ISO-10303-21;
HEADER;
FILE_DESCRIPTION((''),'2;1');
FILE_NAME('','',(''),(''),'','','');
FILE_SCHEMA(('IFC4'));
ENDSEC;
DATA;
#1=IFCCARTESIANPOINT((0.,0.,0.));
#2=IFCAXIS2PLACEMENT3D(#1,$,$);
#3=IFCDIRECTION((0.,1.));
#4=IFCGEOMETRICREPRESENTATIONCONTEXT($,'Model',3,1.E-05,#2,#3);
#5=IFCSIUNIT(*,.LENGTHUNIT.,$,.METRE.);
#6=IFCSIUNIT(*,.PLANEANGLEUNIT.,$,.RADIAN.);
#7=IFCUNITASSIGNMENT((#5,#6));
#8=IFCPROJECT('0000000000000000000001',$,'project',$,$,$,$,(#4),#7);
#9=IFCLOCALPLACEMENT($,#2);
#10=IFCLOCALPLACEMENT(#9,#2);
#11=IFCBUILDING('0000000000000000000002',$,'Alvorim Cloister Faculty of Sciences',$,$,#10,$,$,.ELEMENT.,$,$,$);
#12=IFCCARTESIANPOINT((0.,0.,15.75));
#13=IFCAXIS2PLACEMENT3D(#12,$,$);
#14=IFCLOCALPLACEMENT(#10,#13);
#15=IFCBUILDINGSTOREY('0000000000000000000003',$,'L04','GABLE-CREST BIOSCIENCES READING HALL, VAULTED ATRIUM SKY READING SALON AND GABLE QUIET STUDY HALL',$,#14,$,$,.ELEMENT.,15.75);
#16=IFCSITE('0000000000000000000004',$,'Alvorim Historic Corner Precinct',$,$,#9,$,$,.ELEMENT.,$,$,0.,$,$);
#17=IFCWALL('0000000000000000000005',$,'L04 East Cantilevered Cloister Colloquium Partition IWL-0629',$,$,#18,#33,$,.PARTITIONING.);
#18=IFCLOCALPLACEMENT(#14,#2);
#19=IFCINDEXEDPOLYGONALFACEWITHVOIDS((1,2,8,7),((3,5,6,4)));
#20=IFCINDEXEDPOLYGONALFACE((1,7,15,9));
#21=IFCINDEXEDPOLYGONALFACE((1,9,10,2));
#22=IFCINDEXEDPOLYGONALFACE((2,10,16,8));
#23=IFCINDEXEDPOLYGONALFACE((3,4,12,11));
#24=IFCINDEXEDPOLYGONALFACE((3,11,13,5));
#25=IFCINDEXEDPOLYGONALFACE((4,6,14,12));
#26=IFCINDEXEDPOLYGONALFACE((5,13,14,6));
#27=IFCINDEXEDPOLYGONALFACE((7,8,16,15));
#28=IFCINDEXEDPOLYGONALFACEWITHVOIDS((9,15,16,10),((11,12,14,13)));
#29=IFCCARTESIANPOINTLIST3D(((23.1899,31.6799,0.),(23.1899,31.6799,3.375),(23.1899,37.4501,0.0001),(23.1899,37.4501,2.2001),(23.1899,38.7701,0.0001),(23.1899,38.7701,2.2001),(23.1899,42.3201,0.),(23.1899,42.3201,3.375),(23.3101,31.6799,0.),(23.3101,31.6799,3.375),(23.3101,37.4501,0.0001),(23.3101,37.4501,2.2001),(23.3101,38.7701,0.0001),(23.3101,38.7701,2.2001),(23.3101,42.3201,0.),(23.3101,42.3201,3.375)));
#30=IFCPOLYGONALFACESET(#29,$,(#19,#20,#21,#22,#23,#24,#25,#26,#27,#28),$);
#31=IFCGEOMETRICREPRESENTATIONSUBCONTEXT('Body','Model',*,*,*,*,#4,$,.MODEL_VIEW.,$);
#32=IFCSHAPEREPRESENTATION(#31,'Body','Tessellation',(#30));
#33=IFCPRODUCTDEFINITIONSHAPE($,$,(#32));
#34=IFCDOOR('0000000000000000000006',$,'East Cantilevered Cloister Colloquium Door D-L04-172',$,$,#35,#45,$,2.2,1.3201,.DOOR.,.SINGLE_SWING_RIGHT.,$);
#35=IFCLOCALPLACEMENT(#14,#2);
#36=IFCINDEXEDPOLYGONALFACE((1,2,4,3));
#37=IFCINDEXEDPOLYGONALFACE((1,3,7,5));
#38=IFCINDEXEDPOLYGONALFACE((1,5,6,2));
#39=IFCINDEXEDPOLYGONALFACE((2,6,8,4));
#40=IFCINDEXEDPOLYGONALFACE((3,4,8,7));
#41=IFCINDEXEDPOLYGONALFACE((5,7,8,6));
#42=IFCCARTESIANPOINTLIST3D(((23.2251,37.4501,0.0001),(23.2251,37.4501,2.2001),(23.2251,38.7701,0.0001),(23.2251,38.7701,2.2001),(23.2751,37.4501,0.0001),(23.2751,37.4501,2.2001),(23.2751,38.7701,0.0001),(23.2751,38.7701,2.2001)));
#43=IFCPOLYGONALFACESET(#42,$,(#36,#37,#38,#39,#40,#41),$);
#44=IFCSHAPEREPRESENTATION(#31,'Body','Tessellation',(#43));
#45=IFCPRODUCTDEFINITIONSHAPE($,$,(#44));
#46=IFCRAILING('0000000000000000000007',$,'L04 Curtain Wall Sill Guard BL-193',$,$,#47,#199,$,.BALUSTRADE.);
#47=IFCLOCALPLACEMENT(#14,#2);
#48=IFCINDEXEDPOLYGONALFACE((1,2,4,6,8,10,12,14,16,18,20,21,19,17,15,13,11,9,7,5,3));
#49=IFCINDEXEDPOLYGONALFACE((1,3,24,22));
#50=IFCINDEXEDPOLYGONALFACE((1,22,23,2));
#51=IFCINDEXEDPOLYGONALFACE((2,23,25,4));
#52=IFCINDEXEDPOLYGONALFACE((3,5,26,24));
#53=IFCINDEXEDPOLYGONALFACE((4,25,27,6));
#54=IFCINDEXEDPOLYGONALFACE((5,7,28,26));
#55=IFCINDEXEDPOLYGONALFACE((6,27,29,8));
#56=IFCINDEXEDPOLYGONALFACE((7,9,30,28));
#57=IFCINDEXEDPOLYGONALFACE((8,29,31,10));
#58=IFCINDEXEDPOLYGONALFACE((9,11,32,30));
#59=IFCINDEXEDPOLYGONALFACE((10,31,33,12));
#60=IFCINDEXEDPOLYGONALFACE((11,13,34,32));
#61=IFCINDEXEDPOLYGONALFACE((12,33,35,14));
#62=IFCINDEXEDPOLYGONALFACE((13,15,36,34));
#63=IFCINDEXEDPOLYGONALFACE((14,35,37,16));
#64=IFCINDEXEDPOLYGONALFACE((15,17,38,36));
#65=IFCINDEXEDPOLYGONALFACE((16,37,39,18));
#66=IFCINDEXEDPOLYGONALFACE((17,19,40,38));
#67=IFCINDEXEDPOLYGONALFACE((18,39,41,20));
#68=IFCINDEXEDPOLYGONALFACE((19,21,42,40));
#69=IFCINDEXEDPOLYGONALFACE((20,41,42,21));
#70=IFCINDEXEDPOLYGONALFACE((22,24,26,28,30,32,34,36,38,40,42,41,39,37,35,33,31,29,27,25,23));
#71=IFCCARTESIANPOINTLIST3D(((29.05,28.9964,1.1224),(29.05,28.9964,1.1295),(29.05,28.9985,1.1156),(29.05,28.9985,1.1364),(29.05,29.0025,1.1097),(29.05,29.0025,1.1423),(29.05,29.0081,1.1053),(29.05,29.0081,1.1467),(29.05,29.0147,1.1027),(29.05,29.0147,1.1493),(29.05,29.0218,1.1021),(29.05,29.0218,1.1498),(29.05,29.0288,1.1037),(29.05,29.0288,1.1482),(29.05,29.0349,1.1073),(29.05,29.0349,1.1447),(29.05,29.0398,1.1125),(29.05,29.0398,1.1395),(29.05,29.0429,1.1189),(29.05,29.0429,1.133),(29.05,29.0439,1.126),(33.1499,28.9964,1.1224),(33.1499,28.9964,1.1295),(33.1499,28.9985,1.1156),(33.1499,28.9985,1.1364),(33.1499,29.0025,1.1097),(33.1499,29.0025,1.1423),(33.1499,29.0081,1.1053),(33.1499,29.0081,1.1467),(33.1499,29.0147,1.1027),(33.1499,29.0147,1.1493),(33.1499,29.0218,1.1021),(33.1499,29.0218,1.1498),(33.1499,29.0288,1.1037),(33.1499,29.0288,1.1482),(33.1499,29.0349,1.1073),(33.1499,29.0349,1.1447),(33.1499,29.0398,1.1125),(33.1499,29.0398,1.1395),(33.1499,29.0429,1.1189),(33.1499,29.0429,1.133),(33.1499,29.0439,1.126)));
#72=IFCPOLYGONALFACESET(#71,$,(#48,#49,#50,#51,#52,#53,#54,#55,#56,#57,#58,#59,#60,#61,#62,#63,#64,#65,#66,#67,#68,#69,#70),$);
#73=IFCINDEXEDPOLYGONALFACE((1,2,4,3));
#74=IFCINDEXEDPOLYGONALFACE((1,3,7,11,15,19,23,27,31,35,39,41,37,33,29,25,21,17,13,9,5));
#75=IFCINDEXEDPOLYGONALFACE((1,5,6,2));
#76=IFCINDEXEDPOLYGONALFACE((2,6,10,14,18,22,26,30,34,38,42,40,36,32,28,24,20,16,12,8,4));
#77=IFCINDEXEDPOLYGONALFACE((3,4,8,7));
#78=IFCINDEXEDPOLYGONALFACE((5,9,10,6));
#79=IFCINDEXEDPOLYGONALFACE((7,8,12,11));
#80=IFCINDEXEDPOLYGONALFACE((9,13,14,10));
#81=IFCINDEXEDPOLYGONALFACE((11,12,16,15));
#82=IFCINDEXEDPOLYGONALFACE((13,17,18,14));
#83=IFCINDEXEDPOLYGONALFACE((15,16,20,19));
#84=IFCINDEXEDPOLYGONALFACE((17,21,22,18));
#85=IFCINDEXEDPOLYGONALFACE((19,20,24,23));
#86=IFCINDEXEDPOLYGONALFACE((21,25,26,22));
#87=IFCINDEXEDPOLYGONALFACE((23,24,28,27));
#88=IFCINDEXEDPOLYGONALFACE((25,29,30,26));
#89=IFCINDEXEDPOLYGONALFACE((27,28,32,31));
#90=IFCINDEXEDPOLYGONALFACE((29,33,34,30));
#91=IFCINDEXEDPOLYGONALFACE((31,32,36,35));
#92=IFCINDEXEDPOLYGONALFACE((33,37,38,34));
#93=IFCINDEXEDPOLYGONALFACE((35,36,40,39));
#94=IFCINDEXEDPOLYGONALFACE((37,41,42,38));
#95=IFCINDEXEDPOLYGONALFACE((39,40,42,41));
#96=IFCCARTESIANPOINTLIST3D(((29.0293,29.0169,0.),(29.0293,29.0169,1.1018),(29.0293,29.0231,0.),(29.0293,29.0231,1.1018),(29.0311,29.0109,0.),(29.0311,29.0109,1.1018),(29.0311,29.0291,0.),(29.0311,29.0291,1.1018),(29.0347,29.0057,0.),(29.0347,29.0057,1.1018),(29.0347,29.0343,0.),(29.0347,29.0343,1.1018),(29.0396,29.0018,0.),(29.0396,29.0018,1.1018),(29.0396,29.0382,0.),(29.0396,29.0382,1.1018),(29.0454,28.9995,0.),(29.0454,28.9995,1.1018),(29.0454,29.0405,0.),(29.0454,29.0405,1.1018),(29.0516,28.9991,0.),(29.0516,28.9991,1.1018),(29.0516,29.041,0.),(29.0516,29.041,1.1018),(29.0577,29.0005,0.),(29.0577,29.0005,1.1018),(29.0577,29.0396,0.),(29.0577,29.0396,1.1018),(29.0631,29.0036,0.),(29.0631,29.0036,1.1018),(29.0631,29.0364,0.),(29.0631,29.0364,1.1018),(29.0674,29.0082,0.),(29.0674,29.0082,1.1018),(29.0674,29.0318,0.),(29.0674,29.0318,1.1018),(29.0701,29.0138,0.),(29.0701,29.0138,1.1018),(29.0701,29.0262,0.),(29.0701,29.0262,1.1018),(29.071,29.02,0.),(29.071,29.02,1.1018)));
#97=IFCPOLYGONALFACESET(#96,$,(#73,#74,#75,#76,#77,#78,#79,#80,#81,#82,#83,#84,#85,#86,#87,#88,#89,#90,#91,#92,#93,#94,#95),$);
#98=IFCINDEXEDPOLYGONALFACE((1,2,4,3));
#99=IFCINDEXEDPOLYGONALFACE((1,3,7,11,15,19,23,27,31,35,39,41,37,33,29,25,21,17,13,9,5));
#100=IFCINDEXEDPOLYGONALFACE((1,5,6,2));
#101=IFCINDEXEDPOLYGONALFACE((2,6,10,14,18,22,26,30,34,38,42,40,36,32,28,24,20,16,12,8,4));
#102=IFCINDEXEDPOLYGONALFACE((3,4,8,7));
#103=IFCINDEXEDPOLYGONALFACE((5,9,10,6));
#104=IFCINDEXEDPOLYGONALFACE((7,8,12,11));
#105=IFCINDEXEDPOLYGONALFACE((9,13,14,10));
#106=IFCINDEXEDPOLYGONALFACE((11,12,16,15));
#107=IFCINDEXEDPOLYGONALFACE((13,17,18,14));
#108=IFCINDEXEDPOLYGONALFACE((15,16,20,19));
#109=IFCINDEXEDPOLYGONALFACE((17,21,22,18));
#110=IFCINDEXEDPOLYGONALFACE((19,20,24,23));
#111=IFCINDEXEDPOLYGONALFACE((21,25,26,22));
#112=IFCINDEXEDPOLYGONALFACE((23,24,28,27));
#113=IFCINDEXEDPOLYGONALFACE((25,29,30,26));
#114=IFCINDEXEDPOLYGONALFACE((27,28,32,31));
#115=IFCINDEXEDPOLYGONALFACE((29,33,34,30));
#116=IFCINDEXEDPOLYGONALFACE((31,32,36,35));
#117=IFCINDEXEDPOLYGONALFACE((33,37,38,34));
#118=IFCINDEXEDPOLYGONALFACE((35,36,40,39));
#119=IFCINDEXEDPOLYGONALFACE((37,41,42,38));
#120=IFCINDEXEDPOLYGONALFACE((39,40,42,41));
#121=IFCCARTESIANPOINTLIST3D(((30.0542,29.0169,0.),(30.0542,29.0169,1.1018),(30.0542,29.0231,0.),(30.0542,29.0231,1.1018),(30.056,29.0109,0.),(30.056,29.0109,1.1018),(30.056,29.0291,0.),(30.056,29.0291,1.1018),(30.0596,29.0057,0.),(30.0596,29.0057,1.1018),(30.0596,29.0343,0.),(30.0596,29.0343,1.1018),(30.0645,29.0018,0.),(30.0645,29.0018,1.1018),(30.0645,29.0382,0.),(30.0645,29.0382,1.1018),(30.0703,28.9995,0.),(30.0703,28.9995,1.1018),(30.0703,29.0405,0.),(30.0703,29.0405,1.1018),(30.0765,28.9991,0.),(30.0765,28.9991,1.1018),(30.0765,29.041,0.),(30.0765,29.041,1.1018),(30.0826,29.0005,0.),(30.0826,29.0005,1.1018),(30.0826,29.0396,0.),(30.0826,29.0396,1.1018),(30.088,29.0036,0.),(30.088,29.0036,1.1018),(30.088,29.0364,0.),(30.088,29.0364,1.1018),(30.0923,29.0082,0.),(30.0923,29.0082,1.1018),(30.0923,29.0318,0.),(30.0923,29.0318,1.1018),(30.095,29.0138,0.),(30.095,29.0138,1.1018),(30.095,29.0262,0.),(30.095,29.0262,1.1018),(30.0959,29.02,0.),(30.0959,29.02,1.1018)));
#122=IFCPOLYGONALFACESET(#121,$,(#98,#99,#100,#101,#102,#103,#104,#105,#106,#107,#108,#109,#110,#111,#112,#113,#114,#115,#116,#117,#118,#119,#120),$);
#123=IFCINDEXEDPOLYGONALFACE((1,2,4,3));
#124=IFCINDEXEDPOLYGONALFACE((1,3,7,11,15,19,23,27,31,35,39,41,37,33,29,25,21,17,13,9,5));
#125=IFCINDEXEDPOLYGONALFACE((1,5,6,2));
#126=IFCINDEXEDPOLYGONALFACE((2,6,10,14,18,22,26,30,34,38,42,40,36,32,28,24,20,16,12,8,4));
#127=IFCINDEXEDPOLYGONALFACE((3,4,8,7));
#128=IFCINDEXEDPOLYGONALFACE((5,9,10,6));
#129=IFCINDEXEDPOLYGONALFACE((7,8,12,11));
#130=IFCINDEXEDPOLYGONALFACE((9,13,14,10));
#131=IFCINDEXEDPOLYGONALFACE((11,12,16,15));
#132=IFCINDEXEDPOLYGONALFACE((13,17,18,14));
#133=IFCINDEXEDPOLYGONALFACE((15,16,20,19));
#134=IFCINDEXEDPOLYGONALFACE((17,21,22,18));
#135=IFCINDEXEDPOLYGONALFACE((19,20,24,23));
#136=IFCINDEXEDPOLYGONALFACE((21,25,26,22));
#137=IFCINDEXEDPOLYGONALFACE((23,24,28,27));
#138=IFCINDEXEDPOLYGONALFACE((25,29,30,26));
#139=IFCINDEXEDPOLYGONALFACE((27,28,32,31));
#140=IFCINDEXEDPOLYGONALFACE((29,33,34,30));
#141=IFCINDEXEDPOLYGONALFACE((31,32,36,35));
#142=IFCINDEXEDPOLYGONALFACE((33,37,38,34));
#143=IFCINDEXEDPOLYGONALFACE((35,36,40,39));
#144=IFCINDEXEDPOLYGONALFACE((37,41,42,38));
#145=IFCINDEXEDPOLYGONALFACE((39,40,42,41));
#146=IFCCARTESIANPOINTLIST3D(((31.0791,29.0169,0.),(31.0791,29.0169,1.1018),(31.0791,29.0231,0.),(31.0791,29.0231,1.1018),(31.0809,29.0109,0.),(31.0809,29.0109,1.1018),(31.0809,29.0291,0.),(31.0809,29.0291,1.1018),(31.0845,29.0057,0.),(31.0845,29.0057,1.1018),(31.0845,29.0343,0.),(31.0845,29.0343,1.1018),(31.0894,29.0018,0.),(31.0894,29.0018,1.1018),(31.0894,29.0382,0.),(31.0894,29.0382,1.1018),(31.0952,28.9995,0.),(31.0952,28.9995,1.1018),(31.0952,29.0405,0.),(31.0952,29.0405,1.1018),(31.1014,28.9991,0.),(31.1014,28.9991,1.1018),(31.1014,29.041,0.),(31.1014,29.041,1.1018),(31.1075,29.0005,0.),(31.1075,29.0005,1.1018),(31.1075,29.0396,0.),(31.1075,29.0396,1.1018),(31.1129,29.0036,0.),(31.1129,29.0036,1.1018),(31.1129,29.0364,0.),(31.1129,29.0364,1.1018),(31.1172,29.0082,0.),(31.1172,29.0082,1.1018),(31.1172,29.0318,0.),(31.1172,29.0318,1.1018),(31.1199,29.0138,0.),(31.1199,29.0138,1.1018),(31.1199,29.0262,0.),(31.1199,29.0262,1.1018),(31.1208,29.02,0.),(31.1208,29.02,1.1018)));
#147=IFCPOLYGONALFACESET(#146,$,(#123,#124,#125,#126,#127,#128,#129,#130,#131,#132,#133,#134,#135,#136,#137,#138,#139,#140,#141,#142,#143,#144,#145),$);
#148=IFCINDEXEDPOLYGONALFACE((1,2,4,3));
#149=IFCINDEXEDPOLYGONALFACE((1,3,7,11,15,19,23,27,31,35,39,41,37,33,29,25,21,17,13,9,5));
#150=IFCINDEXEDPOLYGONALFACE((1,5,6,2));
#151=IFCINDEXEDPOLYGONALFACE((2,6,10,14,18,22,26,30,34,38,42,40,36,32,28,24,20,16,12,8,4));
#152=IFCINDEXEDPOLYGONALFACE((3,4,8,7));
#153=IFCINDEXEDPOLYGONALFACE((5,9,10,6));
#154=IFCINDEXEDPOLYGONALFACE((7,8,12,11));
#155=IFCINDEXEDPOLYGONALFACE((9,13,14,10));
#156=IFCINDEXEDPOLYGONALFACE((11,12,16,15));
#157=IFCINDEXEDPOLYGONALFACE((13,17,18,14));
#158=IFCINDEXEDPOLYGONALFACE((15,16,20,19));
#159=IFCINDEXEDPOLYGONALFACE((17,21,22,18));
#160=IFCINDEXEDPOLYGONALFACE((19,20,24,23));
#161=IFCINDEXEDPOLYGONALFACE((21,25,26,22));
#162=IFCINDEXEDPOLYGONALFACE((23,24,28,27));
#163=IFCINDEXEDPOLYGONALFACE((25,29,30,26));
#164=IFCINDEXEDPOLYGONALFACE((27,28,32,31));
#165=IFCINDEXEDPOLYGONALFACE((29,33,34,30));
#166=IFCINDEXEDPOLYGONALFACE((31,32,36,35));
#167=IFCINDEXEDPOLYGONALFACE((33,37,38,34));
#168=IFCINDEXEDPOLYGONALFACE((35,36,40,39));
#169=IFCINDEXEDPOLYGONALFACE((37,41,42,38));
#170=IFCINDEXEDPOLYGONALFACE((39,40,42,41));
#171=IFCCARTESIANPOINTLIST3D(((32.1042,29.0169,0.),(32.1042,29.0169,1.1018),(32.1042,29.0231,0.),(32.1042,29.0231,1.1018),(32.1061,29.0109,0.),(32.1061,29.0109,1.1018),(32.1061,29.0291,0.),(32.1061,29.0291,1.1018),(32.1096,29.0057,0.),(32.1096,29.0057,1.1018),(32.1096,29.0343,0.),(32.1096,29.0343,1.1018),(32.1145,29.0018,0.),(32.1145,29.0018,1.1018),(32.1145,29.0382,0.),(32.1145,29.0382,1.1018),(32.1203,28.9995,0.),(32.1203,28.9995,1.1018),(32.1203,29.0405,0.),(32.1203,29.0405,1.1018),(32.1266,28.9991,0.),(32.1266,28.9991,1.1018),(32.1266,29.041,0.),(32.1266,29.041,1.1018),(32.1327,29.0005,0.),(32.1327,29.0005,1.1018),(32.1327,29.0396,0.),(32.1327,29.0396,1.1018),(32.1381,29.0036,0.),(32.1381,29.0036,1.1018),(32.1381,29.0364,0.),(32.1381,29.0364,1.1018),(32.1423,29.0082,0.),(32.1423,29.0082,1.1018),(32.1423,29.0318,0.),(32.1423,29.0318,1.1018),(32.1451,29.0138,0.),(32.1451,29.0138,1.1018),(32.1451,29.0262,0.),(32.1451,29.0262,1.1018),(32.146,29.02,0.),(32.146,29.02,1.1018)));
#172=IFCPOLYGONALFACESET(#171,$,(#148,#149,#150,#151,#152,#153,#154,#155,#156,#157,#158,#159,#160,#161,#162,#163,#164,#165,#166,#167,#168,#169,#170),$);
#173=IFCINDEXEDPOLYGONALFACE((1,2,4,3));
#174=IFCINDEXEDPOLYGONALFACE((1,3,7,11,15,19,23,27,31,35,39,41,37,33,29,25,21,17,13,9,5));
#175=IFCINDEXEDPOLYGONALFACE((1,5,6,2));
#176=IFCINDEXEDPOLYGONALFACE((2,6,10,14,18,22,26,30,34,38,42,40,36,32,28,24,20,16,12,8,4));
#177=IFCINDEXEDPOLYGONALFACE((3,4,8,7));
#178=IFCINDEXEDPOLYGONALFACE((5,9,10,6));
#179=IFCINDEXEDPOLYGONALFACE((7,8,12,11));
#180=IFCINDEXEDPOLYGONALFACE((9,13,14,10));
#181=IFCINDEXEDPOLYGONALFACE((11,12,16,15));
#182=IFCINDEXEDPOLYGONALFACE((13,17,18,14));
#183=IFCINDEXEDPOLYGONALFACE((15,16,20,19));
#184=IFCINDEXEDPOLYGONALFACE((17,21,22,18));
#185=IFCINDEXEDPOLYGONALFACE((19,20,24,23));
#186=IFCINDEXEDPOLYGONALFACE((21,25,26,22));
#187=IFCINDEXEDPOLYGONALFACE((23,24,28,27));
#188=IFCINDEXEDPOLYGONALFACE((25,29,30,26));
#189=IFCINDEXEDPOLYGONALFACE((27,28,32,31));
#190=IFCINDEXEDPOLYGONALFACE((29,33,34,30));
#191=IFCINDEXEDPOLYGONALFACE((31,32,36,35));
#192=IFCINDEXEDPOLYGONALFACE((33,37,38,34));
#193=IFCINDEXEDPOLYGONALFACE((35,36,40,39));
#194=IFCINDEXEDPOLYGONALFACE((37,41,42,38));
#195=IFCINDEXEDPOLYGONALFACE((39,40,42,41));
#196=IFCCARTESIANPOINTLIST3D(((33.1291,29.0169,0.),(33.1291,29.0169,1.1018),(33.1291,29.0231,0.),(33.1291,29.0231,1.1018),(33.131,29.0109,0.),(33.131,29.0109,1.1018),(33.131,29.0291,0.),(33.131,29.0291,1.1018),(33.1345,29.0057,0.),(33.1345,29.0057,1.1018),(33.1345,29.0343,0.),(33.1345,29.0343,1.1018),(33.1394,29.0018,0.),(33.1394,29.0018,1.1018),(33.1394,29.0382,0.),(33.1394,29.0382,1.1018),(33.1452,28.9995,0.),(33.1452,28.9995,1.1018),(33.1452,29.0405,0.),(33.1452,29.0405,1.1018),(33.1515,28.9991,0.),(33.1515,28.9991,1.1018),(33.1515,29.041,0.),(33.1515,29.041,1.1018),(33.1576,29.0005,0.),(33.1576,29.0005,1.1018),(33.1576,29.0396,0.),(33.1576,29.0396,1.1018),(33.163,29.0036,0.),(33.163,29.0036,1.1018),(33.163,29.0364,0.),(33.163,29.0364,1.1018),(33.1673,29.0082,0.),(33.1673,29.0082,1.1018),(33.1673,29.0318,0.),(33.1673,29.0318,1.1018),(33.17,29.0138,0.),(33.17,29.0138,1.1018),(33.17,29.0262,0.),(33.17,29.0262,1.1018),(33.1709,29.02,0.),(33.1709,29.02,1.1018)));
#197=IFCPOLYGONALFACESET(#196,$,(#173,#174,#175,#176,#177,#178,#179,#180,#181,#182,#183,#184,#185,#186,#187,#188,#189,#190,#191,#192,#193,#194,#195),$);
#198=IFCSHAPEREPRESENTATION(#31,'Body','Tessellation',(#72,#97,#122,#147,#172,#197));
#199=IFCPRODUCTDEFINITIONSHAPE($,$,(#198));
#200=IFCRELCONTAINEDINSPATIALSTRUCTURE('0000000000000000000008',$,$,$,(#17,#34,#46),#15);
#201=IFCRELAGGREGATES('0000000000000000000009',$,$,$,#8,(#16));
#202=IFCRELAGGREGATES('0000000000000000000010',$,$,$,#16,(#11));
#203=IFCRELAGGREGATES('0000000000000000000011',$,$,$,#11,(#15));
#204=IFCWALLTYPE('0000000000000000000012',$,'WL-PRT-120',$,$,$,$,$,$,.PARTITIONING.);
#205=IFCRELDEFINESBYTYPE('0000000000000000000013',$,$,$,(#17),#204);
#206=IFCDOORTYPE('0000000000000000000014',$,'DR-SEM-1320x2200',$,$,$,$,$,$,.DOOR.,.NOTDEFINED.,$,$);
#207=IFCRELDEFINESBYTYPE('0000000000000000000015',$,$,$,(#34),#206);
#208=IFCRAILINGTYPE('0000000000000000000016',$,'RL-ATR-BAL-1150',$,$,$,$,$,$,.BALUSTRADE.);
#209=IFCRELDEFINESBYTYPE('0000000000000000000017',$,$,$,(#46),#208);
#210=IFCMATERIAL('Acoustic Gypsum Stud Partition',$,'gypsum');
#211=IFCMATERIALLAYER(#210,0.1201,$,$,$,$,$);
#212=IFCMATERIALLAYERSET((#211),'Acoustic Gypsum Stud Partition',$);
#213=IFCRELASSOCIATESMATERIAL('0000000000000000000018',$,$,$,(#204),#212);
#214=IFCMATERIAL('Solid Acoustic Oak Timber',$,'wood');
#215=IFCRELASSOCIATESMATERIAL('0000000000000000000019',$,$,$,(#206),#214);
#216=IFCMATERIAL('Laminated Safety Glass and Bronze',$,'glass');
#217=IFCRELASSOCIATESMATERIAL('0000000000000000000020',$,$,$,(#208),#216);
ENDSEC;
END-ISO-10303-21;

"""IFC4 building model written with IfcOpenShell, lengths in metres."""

from ifc_helpers import new_model, si_unit, direction, frame, frame_2d, origin, origin_2d, place, context, subcontext, project, spatial, rectangle, circle, extrude, material, layer, layer_set, type_object, element, fill, save


model = new_model("IFC4")

# Units and contexts
model_context = context("Model", 3, precision=1e-05, world=origin(), true_north=direction((0.0, 1.0)))
body_context = subcontext(model_context, "Body", "Model", "MODEL_VIEW")
ifc_project = project(units=[si_unit("LENGTHUNIT", "METRE"), si_unit("PLANEANGLEUNIT", "RADIAN")], contexts=[model_context])

# Site, building, storey
site_placement = place(None, origin())
site = spatial("IfcSite", under=ifc_project, at=site_placement, Name="Alvorim Historic Corner Precinct", CompositionType="ELEMENT", RefElevation=0.0)
building_placement = place(site_placement, origin())
building = spatial("IfcBuilding", under=site, at=building_placement, Name="Alvorim Cloister Faculty of Sciences", CompositionType="ELEMENT")
storey_placement = place(building_placement, frame((0.0, 0.0, 15.75)))
storey = spatial("IfcBuildingStorey", under=building, at=storey_placement, Name="L04", Description="GABLE-CREST BIOSCIENCES READING HALL, VAULTED ATRIUM SKY READING SALON AND GABLE QUIET STUDY HALL", CompositionType="ELEMENT", Elevation=15.75)

# Wall, opening, door
ifc_material_1 = material(Name="Acoustic Gypsum Stud Partition", Category="gypsum")
ifc_layer_1 = layer(ifc_material_1, 0.1201)
ifc_layer_set_1 = layer_set([ifc_layer_1], Name="Acoustic Gypsum Stud Partition")
wall_type_1 = type_object("IfcWallType", Name="WL-PRT-120", PredefinedType="PARTITIONING", material=ifc_layer_set_1)
wall_1_placement = place(storey_placement, frame((23.25, 31.6799, 0.0), z_axis=(0.0, 0.0, 1.0), x_axis=(0.0, 1.0, 0.0)))
wall_1 = element("IfcWall", 1, at=wall_1_placement, inside=storey, type_object=wall_type_1, Name="L04 East Cantilevered Cloister Colloquium Partition IWL-0629", PredefinedType="PARTITIONING", context=body_context, shape_type="SweptSolid", body=[
    extrude(rectangle(XDim=10.6401, YDim=0.1201, at=frame_2d((5.3201, 0.0))), origin(), (0.0, 0.0, 1.0), 3.375),
])
opening_placement = place(wall_1_placement, frame((5.77, 0.0, 0.0)))
opening = element("IfcOpeningElement", 2, at=opening_placement, cuts=wall_1, PredefinedType="OPENING", context=body_context, shape_type="SweptSolid", body=[
    extrude(rectangle(XDim=1.3201, YDim=2.2, at=frame_2d((0.6602, 1.1001))), frame((0.0, 0.072, 0.0), z_axis=(0.0, -1.0, 0.0), x_axis=(1.0, 0.0, 0.0)), (0.0, 0.0, 1.0), 0.144),
])
ifc_material_2 = material(Name="Solid Acoustic Oak Timber", Category="wood")
door_type = type_object("IfcDoorType", Name="DR-SEM-1320x2200", OperationType="NOTDEFINED", PredefinedType="DOOR", material=ifc_material_2)
door_placement = place(opening_placement, origin())
door = element("IfcDoor", 3, at=door_placement, inside=storey, type_object=door_type, Name="East Cantilevered Cloister Colloquium Door D-L04-172", OperationType="SINGLE_SWING_RIGHT", OverallHeight=2.2, OverallWidth=1.3201, PredefinedType="DOOR", context=body_context, shape_type="SweptSolid", body=[
    extrude(rectangle(XDim=1.3201, YDim=2.2, at=frame_2d((0.6602, 1.1001))), frame((0.0, 0.0249, 0.0), z_axis=(0.0, -1.0, 0.0), x_axis=(1.0, 0.0, 0.0)), (0.0, 0.0, 1.0), 0.05),
])
fill(opening, door)

# Railing
ifc_material_3 = material(Name="Laminated Safety Glass and Bronze", Category="glass")
railing_type = type_object("IfcRailingType", Name="RL-ATR-BAL-1150", PredefinedType="BALUSTRADE", material=ifc_material_3)
railing_placement = place(storey_placement, frame((29.05, 29.02, 0.0)))
element("IfcRailing", 4, at=railing_placement, inside=storey, type_object=railing_type, Name="L04 Curtain Wall Sill Guard BL-193", PredefinedType="BALUSTRADE", context=body_context, shape_type="SweptSolid", body=[
    extrude(circle(Radius=0.0239, at=origin_2d()), frame((0.0, 0.0, 1.126), z_axis=(1.0, 0.0, 0.0), x_axis=(0.0, 1.0, 0.0)), (0.0, 0.0, 1.0), 4.0999),
    extrude(circle(Radius=0.021, at=origin_2d()), origin(), (0.0, 0.0, 1.0), 1.1018),
    extrude(circle(Radius=0.021, at=origin_2d()), frame((1.0249, 0.0, 0.0)), (0.0, 0.0, 1.0), 1.1018),
    extrude(circle(Radius=0.021, at=origin_2d()), frame((2.0498, 0.0, 0.0)), (0.0, 0.0, 1.0), 1.1018),
    extrude(circle(Radius=0.021, at=origin_2d()), frame((3.075, 0.0, 0.0)), (0.0, 0.0, 1.0), 1.1018),
    extrude(circle(Radius=0.021, at=origin_2d()), frame((4.0999, 0.0, 0.0)), (0.0, 0.0, 1.0), 1.1018),
])

save(model, "model.ifc")
